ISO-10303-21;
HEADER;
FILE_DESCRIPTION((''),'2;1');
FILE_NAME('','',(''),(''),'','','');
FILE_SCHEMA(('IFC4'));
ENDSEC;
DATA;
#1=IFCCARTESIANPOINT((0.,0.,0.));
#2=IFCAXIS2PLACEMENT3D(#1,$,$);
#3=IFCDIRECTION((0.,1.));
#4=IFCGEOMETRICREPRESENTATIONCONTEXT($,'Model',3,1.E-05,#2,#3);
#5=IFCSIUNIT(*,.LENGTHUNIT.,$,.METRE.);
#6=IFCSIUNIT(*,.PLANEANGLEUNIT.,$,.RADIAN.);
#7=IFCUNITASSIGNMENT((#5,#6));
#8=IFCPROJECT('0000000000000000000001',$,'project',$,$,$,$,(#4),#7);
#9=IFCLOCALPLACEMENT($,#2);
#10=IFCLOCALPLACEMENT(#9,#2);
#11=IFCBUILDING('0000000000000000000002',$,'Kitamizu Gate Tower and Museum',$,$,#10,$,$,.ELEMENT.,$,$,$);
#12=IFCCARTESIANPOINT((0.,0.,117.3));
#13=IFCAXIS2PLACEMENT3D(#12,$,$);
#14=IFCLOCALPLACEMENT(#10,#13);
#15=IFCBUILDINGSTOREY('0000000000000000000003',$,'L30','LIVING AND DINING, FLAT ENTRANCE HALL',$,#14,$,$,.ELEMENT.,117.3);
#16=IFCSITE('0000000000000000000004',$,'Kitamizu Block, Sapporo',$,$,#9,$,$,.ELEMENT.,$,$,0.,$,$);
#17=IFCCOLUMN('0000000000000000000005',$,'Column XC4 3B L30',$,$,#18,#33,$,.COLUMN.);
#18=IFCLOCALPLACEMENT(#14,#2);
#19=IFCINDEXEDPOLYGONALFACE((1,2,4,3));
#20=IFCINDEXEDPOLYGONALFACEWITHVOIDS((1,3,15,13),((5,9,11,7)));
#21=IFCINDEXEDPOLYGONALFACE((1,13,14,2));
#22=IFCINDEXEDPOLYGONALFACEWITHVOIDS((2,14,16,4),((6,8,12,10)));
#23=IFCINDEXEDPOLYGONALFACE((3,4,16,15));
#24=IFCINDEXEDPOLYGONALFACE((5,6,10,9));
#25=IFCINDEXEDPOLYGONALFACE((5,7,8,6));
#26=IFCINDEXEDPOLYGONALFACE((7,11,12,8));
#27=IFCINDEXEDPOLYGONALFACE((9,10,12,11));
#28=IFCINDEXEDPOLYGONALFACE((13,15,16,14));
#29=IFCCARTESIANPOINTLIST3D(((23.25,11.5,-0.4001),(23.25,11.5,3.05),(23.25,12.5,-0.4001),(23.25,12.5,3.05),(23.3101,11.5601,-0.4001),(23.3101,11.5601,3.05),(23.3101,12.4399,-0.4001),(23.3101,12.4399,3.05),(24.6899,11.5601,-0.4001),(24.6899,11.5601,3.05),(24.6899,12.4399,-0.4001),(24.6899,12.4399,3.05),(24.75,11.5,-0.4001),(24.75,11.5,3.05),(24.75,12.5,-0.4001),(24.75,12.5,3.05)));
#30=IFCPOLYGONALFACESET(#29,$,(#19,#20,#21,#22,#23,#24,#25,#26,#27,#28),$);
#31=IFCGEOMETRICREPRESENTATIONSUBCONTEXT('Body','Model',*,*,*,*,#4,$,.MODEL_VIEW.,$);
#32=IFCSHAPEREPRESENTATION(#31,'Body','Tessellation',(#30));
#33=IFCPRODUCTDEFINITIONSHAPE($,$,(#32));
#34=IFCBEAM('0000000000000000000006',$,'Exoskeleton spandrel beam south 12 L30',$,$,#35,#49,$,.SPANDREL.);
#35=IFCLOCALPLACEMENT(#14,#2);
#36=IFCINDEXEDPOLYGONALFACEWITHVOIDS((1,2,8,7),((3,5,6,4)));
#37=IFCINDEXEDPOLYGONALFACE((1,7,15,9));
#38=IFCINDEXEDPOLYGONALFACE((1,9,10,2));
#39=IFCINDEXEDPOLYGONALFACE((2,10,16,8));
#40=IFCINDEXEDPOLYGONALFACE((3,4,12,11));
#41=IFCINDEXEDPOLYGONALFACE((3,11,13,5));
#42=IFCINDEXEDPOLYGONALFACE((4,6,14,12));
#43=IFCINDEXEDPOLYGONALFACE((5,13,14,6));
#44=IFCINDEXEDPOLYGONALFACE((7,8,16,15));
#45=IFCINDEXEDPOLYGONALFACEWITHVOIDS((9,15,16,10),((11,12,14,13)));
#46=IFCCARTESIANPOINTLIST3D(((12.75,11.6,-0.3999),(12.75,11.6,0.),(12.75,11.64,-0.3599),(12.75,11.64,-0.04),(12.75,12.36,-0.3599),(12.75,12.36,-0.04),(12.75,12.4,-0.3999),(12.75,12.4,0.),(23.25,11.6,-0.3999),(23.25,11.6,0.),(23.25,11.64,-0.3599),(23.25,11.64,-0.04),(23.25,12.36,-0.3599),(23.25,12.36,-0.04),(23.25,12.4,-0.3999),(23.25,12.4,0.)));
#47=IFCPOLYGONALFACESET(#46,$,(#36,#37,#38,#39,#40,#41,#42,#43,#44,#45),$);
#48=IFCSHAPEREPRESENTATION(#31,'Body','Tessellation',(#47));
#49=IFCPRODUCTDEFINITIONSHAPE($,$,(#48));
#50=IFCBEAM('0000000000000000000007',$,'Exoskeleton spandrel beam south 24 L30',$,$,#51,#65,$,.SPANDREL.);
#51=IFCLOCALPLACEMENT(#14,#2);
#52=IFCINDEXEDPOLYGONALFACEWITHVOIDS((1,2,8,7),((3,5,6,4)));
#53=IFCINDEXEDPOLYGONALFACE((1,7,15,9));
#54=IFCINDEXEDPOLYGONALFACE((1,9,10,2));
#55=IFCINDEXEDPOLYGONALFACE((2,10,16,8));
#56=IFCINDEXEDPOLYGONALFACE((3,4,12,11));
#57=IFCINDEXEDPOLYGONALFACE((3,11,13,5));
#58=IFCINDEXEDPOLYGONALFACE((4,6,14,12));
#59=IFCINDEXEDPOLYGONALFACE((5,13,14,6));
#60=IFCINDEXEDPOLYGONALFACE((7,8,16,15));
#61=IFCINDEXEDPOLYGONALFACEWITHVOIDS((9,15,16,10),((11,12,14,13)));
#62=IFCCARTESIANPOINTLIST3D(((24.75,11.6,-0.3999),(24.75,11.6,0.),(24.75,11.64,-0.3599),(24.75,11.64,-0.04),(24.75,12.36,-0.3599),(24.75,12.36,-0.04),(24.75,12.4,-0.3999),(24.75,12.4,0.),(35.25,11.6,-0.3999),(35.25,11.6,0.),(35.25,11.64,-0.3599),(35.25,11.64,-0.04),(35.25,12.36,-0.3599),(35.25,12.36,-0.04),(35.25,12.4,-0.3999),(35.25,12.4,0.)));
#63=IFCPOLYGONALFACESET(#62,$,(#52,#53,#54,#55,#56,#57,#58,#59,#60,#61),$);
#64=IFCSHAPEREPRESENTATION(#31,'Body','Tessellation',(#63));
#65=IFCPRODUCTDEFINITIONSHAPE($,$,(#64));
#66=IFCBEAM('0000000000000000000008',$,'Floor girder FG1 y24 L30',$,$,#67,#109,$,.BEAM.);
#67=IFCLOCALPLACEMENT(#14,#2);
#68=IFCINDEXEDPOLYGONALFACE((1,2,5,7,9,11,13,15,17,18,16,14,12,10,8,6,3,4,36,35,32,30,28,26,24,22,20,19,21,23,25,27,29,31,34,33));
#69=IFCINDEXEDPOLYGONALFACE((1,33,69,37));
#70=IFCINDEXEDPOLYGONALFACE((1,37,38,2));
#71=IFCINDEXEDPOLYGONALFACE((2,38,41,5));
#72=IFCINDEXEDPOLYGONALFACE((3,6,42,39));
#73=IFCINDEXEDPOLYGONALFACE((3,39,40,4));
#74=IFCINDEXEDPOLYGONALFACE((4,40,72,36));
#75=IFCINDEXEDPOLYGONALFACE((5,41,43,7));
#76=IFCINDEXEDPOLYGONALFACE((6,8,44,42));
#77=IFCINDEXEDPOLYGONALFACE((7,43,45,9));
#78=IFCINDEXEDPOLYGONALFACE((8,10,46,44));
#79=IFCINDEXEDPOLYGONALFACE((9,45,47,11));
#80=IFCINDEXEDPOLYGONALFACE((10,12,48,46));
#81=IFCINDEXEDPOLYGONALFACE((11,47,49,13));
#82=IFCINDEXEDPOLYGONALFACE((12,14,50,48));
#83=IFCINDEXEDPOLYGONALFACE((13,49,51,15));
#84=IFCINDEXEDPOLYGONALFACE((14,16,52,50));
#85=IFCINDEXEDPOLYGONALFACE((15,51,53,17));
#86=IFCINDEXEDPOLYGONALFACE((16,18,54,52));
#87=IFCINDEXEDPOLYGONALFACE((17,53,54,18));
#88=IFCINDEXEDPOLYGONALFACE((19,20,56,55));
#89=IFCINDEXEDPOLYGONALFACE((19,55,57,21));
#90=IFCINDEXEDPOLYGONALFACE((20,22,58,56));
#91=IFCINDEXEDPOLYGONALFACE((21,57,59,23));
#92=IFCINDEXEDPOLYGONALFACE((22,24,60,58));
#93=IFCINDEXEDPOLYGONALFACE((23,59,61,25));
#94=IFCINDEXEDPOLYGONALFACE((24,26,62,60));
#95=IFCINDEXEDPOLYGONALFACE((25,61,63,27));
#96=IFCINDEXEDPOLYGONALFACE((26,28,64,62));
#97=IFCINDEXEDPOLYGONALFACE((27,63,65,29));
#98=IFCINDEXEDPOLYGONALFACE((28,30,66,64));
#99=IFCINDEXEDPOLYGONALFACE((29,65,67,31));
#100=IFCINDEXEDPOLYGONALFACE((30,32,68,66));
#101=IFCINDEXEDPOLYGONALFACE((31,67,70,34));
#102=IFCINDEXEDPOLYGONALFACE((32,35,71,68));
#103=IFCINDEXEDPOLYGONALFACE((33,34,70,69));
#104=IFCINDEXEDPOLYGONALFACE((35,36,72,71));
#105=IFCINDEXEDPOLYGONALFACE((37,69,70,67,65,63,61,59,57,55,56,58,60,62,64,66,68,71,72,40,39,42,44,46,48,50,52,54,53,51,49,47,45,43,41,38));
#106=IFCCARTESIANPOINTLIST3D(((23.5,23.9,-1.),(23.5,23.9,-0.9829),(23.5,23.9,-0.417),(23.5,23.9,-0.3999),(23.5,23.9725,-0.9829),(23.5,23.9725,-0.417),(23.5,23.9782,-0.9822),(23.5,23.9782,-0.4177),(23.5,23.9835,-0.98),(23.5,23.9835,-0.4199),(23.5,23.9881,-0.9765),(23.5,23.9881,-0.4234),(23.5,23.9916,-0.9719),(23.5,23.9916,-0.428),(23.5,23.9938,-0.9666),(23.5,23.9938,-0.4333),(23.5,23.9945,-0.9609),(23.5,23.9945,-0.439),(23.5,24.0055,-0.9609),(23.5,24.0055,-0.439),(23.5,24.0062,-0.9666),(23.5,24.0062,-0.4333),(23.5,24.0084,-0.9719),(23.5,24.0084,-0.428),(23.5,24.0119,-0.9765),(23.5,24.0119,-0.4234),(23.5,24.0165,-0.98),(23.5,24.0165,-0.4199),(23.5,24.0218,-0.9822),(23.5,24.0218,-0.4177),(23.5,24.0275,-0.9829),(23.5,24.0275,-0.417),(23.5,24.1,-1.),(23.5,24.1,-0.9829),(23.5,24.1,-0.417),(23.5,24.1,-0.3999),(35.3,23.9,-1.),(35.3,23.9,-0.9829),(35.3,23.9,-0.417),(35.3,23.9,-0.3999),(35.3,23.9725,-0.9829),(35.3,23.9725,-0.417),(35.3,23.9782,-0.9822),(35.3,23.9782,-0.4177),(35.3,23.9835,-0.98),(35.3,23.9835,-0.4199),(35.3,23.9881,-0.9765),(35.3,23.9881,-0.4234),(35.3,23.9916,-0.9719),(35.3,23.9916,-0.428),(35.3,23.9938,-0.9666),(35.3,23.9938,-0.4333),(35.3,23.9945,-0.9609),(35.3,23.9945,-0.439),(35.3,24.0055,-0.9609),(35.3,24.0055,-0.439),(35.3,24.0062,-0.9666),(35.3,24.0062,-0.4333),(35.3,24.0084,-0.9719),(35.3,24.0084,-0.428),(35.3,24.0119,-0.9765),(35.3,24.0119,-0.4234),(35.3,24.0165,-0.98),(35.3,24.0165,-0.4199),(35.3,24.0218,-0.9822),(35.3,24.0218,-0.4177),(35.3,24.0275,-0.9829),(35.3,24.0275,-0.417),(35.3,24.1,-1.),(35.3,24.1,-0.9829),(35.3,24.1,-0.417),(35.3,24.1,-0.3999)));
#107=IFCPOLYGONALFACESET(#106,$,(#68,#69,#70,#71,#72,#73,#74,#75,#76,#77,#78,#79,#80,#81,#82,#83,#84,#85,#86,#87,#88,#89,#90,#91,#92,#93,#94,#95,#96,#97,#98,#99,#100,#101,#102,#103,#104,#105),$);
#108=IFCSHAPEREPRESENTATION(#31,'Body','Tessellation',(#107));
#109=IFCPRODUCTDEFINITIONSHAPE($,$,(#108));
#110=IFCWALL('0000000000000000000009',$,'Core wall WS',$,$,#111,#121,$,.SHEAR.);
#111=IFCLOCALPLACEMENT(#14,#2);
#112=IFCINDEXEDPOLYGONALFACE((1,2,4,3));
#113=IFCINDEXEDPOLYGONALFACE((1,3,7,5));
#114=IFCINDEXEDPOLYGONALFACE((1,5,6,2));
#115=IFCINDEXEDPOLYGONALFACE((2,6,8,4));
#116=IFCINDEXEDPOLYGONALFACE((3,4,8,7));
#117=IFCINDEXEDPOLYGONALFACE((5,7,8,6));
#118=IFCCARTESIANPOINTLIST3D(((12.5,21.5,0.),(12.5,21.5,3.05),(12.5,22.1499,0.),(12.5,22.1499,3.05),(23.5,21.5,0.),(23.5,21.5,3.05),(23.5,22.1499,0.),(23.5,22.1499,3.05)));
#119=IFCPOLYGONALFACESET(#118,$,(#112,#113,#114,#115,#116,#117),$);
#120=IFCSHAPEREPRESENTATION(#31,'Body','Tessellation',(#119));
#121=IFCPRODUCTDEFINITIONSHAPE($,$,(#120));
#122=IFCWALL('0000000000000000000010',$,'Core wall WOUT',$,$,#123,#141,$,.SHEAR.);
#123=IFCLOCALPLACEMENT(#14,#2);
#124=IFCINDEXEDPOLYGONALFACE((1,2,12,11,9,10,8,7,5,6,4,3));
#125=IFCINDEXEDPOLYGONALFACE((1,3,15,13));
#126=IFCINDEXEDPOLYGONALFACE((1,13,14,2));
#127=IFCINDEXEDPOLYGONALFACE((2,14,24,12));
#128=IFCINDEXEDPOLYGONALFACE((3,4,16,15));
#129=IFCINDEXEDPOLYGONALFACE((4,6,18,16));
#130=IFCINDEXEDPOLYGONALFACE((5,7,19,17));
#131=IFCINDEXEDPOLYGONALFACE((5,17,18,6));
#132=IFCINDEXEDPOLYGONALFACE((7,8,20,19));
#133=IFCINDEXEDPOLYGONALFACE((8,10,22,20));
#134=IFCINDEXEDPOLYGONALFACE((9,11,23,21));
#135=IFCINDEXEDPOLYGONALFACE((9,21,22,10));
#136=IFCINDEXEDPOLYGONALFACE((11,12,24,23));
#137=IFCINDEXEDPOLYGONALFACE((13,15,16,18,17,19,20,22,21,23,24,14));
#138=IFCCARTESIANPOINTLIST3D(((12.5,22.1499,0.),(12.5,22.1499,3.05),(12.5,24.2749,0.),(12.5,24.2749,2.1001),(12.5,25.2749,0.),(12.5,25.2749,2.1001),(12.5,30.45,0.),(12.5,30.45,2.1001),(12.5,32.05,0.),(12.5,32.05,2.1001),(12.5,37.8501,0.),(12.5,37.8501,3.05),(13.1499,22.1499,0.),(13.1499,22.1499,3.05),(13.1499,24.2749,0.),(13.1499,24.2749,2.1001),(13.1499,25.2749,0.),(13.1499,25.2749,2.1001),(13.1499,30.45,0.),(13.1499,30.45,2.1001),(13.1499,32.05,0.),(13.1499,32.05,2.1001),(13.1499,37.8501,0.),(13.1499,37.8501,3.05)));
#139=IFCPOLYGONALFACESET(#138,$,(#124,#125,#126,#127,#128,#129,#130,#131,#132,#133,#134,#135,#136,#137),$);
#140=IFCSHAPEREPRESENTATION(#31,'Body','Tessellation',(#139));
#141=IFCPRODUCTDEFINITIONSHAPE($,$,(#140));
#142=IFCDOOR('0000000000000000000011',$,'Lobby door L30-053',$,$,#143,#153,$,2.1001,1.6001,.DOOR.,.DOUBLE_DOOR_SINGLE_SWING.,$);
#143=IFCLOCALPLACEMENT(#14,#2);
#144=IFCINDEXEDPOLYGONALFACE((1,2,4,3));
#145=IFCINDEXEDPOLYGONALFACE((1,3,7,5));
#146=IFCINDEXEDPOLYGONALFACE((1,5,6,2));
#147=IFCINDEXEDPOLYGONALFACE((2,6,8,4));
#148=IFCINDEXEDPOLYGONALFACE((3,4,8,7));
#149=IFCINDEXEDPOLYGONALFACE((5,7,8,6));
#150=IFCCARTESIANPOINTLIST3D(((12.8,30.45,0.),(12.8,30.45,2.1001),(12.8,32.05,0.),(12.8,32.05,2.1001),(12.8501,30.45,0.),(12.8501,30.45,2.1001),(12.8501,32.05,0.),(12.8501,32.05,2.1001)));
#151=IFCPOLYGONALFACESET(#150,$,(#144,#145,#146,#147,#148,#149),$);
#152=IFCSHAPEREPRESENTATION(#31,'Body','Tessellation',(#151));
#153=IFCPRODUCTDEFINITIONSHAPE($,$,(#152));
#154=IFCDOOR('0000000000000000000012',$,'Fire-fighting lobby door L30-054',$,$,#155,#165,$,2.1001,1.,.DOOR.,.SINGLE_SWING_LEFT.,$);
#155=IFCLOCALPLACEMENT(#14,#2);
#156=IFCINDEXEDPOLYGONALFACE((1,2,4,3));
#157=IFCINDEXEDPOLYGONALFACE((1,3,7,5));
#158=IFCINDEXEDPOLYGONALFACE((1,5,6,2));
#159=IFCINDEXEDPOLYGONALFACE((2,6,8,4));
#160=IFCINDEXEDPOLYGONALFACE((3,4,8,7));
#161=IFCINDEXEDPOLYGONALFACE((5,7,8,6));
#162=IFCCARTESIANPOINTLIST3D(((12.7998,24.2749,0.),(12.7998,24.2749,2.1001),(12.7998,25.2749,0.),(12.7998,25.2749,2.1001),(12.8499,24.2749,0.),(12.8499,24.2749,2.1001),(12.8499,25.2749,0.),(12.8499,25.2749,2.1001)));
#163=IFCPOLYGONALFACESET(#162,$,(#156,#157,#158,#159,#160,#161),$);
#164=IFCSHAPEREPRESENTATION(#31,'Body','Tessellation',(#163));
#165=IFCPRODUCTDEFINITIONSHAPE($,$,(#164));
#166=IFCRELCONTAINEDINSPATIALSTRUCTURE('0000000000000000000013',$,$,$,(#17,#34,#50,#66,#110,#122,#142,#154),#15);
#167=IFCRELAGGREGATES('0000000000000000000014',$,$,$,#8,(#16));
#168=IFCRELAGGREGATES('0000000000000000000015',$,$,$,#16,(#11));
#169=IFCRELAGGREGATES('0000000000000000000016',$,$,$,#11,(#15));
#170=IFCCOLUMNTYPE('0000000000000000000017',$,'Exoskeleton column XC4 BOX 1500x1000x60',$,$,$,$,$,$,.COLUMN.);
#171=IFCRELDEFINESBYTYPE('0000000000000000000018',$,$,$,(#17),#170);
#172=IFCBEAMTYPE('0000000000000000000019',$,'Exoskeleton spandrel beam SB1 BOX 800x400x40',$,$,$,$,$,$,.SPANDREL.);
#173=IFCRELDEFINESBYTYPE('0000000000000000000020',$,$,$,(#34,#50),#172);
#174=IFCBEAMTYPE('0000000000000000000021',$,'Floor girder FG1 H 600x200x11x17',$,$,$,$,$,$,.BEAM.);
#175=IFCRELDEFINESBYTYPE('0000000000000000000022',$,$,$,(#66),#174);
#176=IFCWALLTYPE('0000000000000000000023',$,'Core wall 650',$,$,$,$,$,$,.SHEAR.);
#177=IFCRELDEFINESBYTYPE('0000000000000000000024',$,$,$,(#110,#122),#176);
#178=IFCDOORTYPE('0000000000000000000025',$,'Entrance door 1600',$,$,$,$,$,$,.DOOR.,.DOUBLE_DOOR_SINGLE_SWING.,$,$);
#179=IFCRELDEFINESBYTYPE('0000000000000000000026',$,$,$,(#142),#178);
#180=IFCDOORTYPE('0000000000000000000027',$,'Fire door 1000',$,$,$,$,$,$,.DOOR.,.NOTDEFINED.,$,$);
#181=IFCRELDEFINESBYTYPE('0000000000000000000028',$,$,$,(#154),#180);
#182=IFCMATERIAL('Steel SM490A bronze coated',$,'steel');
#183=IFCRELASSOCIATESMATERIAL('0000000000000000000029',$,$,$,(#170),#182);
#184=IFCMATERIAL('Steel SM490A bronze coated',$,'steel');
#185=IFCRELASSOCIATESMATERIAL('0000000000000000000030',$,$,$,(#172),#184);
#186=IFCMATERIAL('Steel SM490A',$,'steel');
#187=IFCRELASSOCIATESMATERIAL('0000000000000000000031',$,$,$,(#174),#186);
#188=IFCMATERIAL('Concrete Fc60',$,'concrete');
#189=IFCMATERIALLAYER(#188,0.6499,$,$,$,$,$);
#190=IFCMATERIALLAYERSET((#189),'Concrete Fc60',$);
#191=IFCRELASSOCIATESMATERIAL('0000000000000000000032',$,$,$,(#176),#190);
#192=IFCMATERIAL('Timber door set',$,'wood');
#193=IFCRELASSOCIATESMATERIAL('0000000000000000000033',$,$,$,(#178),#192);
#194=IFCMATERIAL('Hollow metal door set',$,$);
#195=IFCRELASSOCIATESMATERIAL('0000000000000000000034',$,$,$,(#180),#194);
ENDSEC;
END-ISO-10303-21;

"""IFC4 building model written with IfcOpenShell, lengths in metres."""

from ifc_helpers import new_model, si_unit, direction, frame, frame_2d, origin, origin_2d, place, context, subcontext, project, spatial, rectangle, hollow_rectangle, i_section, extrude, material, layer, layer_set, material_profile, profile_set, type_object, element, fill, save


model = new_model("IFC4")

# Units and contexts
model_context = context("Model", 3, precision=1e-05, world=origin(), true_north=direction((0.0, 1.0)))
body_context = subcontext(model_context, "Body", "Model", "MODEL_VIEW")
ifc_project = project(units=[si_unit("LENGTHUNIT", "METRE"), si_unit("PLANEANGLEUNIT", "RADIAN")], contexts=[model_context])

# Site, building, storey
site_placement = place(None, origin())
site = spatial("IfcSite", under=ifc_project, at=site_placement, Name="Kitamizu Block, Sapporo", CompositionType="ELEMENT", RefElevation=0.0)
building_placement = place(site_placement, origin())
building = spatial("IfcBuilding", under=site, at=building_placement, Name="Kitamizu Gate Tower and Museum", CompositionType="ELEMENT")
storey_placement = place(building_placement, frame((0.0, 0.0, 117.3)))
storey = spatial("IfcBuildingStorey", under=building, at=storey_placement, Name="L30", Description="LIVING AND DINING, FLAT ENTRANCE HALL", CompositionType="ELEMENT", Elevation=117.3)

# Column
ifc_material_1 = material(Name="Steel SM490A bronze coated", Category="steel")
ifc_material_profile_1 = material_profile(ifc_material_1, hollow_rectangle(XDim=1.5, YDim=1.0, WallThickness=0.0601, at=origin_2d()), Name="BOX 1500x1000x60")
ifc_profile_set_1 = profile_set([ifc_material_profile_1], Name="Steel SM490A bronze coated")
column_type = type_object("IfcColumnType", Name="Exoskeleton column XC4 BOX 1500x1000x60", PredefinedType="COLUMN", material=ifc_profile_set_1)
column_placement = place(storey_placement, frame((24.0, 12.0, -0.4001), z_axis=(0.0, 0.0, 1.0), x_axis=(1.0, 0.0, 0.0)))
element("IfcColumn", 1, at=column_placement, inside=storey, type_object=column_type, Name="Column XC4 3B L30", PredefinedType="COLUMN", context=body_context, shape_type="SweptSolid", body=[
    extrude(hollow_rectangle(XDim=1.5, YDim=1.0, WallThickness=0.0601, at=origin_2d()), origin(), (0.0, 0.0, 1.0), 3.4502),
])

# Beams
ifc_material_2 = material(Name="Steel SM490A bronze coated", Category="steel")
ifc_material_profile_2 = material_profile(ifc_material_2, hollow_rectangle(XDim=0.8, YDim=0.3999, WallThickness=0.04, at=origin_2d()), Name="BOX 800x400x40")
ifc_profile_set_2 = profile_set([ifc_material_profile_2], Name="Steel SM490A bronze coated")
beam_type_1 = type_object("IfcBeamType", Name="Exoskeleton spandrel beam SB1 BOX 800x400x40", PredefinedType="SPANDREL", material=ifc_profile_set_2)
for number, where, z_axis, x_axis, name in (
    (2, (12.75, 12.0, -0.2), (1.0, 0.0, 0.0), (0.0, 1.0, 0.0), "Exoskeleton spandrel beam south 12 L30"),
    (3, (24.75, 12.0, -0.2), (1.0, 0.0, 0.0), (0.0, 1.0, 0.0), "Exoskeleton spandrel beam south 24 L30"),
):
    element("IfcBeam", number, at=place(storey_placement, frame(where, z_axis=z_axis, x_axis=x_axis)), inside=storey, type_object=beam_type_1, Name=name, PredefinedType="SPANDREL", context=body_context, shape_type="SweptSolid", body=[
        extrude(hollow_rectangle(XDim=0.8, YDim=0.3999, WallThickness=0.04, at=origin_2d()), origin(), (0.0, 0.0, 1.0), 10.5),
    ])
ifc_material_3 = material(Name="Steel SM490A", Category="steel")
ifc_material_profile_3 = material_profile(ifc_material_3, i_section(OverallWidth=0.2, OverallDepth=0.6001, WebThickness=0.011, FlangeThickness=0.0171, FilletRadius=0.022, at=origin_2d()), Name="H-600x200x11x17")
ifc_profile_set_3 = profile_set([ifc_material_profile_3], Name="Steel SM490A")
beam_type_2 = type_object("IfcBeamType", Name="Floor girder FG1 H 600x200x11x17", PredefinedType="BEAM", material=ifc_profile_set_3)
beam_placement = place(storey_placement, frame((23.5, 24.0, -0.7), z_axis=(1.0, 0.0, 0.0), x_axis=(0.0, 1.0, 0.0)))
element("IfcBeam", 4, at=beam_placement, inside=storey, type_object=beam_type_2, Name="Floor girder FG1 y24 L30", PredefinedType="BEAM", context=body_context, shape_type="SweptSolid", body=[
    extrude(i_section(OverallWidth=0.2, OverallDepth=0.6001, WebThickness=0.011, FlangeThickness=0.0171, FilletRadius=0.022, at=origin_2d()), origin(), (0.0, 0.0, 1.0), 11.8),
])

# Wall
ifc_material_4 = material(Name="Concrete Fc60", Category="concrete")
ifc_layer_1 = layer(ifc_material_4, 0.6499)
ifc_layer_set_1 = layer_set([ifc_layer_1], Name="Concrete Fc60")
wall_type_1 = type_object("IfcWallType", Name="Core wall 650", PredefinedType="SHEAR", material=ifc_layer_set_1)
wall_1_placement = place(storey_placement, frame((12.5, 21.825, 0.0), z_axis=(0.0, 0.0, 1.0), x_axis=(1.0, 0.0, 0.0)))
element("IfcWall", 5, at=wall_1_placement, inside=storey, type_object=wall_type_1, Name="Core wall WS", PredefinedType="SHEAR", context=body_context, shape_type="SweptSolid", body=[
    extrude(rectangle(XDim=11.0, YDim=0.6499, at=frame_2d((5.5, 0.0))), origin(), (0.0, 0.0, 1.0), 3.05),
])

# Wall, openings, doors
wall_2_placement = place(storey_placement, frame((12.825, 22.1499, 0.0), z_axis=(0.0, 0.0, 1.0), x_axis=(0.0, 1.0, 0.0)))
wall_2 = element("IfcWall", 6, at=wall_2_placement, inside=storey, type_object=wall_type_1, Name="Core wall WOUT", PredefinedType="SHEAR", context=body_context, shape_type="SweptSolid", body=[
    extrude(rectangle(XDim=15.7002, YDim=0.6499, at=frame_2d((7.8501, 0.0))), origin(), (0.0, 0.0, 1.0), 3.05),
])
opening_1_placement = place(wall_2_placement, frame((8.3, 0.0, 0.0)))
opening_1 = element("IfcOpeningElement", 7, at=opening_1_placement, cuts=wall_2, PredefinedType="OPENING", context=body_context, shape_type="SweptSolid", body=[
    extrude(rectangle(XDim=1.6001, YDim=2.1001, at=frame_2d((0.8, 1.05))), frame((0.0, 0.335, 0.0), z_axis=(0.0, -1.0, 0.0), x_axis=(1.0, 0.0, 0.0)), (0.0, 0.0, 1.0), 0.6699),
])
opening_2_placement = place(wall_2_placement, frame((2.125, 0.0, 0.0)))
opening_2 = element("IfcOpeningElement", 8, at=opening_2_placement, cuts=wall_2, PredefinedType="OPENING", context=body_context, shape_type="SweptSolid", body=[
    extrude(rectangle(XDim=1.0, YDim=2.1001, at=frame_2d((0.5, 1.05))), frame((0.0, 0.335, 0.0), z_axis=(0.0, -1.0, 0.0), x_axis=(1.0, 0.0, 0.0)), (0.0, 0.0, 1.0), 0.6699),
])
ifc_material_5 = material(Name="Timber door set", Category="wood")
door_type_1 = type_object("IfcDoorType", Name="Entrance door 1600", OperationType="DOUBLE_DOOR_SINGLE_SWING", PredefinedType="DOOR", material=ifc_material_5)
door_1_placement = place(opening_1_placement, origin())
door_1 = element("IfcDoor", 9, at=door_1_placement, inside=storey, type_object=door_type_1, Name="Lobby door L30-053", OperationType="DOUBLE_DOOR_SINGLE_SWING", OverallHeight=2.1001, OverallWidth=1.6001, PredefinedType="DOOR", context=body_context, shape_type="SweptSolid", body=[
    extrude(rectangle(XDim=1.6001, YDim=2.1001, at=frame_2d((0.8, 1.05))), frame((0.0, 0.0249, 0.0), z_axis=(0.0, -1.0, 0.0), x_axis=(1.0, 0.0, 0.0)), (0.0, 0.0, 1.0), 0.05),
])
fill(opening_1, door_1)
ifc_material_6 = material(Name="Hollow metal door set")
door_type_2 = type_object("IfcDoorType", Name="Fire door 1000", OperationType="NOTDEFINED", PredefinedType="DOOR", material=ifc_material_6)
door_2_placement = place(opening_2_placement, frame((1.0, 0.0, 0.0), x_axis=(-1.0, 0.0, 0.0)))
door_2 = element("IfcDoor", 10, at=door_2_placement, inside=storey, type_object=door_type_2, Name="Fire-fighting lobby door L30-054", OperationType="SINGLE_SWING_LEFT", OverallHeight=2.1001, OverallWidth=1.0, PredefinedType="DOOR", context=body_context, shape_type="SweptSolid", body=[
    extrude(rectangle(XDim=1.0, YDim=2.1001, at=frame_2d((0.5, 1.05))), frame((0.0, 0.0249, 0.0), z_axis=(0.0, -1.0, 0.0), x_axis=(1.0, 0.0, 0.0)), (0.0, 0.0, 1.0), 0.05),
])
fill(opening_2, door_2)

save(model, "model.ifc")
